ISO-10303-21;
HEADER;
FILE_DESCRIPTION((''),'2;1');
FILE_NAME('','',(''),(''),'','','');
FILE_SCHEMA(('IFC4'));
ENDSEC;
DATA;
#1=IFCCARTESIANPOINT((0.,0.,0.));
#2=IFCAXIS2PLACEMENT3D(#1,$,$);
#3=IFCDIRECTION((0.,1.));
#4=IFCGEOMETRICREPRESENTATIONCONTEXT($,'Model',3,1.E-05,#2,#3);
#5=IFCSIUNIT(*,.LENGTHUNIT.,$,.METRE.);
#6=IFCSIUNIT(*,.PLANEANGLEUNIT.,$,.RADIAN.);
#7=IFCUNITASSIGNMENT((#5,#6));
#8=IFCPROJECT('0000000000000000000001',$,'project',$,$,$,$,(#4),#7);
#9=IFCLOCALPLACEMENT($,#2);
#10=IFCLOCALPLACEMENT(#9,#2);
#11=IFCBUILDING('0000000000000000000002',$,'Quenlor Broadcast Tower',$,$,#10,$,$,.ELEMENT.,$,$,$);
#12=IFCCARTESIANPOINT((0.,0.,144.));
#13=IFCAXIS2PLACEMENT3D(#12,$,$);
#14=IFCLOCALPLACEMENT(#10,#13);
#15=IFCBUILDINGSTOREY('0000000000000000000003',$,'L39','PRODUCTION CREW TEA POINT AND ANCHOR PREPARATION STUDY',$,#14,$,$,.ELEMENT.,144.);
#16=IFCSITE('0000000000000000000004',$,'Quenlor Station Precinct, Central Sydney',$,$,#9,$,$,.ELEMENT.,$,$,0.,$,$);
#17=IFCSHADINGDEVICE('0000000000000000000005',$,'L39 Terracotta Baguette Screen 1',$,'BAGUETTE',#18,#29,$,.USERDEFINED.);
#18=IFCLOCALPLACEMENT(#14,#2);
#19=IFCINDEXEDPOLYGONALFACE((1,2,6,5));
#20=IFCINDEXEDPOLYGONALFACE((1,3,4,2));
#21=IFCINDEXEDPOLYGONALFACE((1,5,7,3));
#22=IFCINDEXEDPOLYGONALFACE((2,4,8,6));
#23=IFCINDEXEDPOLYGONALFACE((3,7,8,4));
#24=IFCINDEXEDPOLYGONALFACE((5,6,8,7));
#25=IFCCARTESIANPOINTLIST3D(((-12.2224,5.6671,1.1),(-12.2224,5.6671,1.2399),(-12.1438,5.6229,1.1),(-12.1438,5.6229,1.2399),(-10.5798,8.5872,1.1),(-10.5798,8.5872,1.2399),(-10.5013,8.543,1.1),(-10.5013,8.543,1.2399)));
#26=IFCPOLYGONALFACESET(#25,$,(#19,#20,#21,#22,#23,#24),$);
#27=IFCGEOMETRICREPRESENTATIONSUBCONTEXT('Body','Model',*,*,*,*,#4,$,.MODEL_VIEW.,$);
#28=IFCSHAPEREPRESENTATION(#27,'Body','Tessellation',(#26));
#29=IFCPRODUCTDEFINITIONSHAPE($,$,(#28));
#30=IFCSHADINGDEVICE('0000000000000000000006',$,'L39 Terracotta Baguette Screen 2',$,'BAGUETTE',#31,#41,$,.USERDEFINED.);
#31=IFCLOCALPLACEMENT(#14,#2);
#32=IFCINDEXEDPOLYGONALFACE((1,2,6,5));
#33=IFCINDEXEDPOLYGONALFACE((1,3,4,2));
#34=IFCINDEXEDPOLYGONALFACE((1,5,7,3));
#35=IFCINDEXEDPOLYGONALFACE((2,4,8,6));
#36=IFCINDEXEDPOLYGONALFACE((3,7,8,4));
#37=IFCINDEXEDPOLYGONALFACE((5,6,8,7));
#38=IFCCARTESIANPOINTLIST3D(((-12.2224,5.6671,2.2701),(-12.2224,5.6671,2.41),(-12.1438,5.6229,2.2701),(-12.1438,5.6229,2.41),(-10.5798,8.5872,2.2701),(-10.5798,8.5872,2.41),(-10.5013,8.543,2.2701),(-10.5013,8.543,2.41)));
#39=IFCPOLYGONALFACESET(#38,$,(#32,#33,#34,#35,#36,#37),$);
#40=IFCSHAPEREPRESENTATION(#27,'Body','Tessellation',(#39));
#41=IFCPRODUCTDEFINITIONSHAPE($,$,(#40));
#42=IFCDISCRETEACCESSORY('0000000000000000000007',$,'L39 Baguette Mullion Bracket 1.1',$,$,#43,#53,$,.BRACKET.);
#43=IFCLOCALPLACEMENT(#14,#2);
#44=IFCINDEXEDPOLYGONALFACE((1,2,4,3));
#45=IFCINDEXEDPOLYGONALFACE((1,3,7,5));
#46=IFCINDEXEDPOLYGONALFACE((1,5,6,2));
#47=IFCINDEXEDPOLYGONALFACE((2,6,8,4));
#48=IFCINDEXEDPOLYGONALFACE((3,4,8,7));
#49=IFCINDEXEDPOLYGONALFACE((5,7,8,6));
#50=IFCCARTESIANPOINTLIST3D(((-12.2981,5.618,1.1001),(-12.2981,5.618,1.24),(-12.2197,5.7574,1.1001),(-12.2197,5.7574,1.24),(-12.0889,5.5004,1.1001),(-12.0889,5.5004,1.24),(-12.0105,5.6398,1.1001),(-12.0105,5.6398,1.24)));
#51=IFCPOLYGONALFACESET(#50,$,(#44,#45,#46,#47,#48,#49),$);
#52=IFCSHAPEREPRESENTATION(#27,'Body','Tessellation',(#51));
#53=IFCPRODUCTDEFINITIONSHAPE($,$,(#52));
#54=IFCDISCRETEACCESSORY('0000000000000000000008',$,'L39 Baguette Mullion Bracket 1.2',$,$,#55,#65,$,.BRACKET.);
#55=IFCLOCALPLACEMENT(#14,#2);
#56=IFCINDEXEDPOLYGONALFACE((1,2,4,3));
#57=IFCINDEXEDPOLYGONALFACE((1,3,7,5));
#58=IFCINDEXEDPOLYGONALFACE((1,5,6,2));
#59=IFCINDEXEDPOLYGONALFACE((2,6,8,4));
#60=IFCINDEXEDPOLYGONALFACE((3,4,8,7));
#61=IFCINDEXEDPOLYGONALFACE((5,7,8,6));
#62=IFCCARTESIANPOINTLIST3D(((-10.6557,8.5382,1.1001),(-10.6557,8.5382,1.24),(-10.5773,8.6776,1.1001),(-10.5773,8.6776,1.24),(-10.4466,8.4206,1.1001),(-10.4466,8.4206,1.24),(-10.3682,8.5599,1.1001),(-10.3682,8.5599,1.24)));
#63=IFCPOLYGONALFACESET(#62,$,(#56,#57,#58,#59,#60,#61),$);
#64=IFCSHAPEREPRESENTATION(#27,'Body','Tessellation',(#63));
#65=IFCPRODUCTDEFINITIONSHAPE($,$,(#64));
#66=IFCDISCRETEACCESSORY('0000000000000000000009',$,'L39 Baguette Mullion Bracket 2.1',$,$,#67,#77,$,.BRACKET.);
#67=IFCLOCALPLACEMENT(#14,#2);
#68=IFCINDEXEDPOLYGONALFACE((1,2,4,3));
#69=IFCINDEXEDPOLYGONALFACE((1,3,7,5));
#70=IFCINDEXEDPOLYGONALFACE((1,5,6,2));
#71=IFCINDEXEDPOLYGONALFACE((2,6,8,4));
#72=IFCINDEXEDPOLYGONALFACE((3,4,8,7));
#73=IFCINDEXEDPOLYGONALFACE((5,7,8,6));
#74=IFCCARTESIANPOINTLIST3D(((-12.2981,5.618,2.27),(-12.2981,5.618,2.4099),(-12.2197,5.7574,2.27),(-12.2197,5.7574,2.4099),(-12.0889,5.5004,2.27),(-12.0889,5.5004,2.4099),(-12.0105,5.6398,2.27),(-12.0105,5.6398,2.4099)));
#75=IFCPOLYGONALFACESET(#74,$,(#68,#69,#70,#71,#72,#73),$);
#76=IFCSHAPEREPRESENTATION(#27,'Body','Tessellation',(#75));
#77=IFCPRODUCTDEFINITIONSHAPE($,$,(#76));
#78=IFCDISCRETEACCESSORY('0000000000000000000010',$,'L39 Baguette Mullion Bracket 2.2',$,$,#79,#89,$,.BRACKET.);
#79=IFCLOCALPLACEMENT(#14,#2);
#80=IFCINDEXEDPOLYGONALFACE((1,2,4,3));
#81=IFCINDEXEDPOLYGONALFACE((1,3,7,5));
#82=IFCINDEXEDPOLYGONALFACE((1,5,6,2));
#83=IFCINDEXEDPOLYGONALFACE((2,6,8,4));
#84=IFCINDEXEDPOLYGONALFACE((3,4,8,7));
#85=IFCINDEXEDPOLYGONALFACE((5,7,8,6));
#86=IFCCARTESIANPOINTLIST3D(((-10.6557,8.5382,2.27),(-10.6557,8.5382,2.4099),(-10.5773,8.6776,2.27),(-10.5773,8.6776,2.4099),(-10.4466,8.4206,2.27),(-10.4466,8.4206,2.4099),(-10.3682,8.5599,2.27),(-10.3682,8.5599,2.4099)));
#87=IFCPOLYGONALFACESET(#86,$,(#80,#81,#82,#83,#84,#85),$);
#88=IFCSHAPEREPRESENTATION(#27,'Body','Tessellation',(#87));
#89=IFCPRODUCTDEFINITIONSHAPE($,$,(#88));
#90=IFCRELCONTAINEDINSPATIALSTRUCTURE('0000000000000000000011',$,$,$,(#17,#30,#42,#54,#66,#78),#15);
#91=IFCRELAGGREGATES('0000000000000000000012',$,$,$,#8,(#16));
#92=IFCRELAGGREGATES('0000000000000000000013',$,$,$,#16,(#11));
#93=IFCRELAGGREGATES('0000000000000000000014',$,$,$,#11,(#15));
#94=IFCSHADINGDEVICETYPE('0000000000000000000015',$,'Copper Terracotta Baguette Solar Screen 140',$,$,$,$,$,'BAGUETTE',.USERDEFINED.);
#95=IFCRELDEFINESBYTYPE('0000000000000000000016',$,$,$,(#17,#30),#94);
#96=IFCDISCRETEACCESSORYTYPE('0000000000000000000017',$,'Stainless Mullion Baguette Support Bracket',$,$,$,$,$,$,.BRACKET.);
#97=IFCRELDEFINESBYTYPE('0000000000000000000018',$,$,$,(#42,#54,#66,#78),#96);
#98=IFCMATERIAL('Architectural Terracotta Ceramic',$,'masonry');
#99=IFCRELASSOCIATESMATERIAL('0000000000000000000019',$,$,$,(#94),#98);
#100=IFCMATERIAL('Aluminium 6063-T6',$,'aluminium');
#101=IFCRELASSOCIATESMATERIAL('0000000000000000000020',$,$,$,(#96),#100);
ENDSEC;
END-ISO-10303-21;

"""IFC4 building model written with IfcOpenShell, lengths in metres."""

from ifc_helpers import new_model, si_unit, direction, frame, origin, origin_2d, place, context, subcontext, project, spatial, rectangle, extrude, material, material_profile, profile_set, type_object, element, save


model = new_model("IFC4")

# Units and contexts
model_context = context("Model", 3, precision=1e-05, world=origin(), true_north=direction((0.0, 1.0)))
body_context = subcontext(model_context, "Body", "Model", "MODEL_VIEW")
ifc_project = project(units=[si_unit("LENGTHUNIT", "METRE"), si_unit("PLANEANGLEUNIT", "RADIAN")], contexts=[model_context])

# Site, building, storey
site_placement = place(None, origin())
site = spatial("IfcSite", under=ifc_project, at=site_placement, Name="Quenlor Station Precinct, Central Sydney", CompositionType="ELEMENT", RefElevation=0.0)
building_placement = place(site_placement, origin())
building = spatial("IfcBuilding", under=site, at=building_placement, Name="Quenlor Broadcast Tower", CompositionType="ELEMENT")
storey_placement = place(building_placement, frame((0.0, 0.0, 144.0)))
storey = spatial("IfcBuildingStorey", under=building, at=storey_placement, Name="L39", Description="PRODUCTION CREW TEA POINT AND ANCHOR PREPARATION STUDY", CompositionType="ELEMENT", Elevation=144.0)

# Shading devices
ifc_material_1 = material(Name="Architectural Terracotta Ceramic", Category="masonry")
ifc_material_profile_1 = material_profile(ifc_material_1, rectangle(XDim=0.0901, YDim=0.1399, at=origin_2d()))
ifc_profile_set_1 = profile_set([ifc_material_profile_1], Name="Architectural Terracotta Ceramic BAG90x140")
shading_device_type = type_object("IfcShadingDeviceType", Name="Copper Terracotta Baguette Solar Screen 140", ElementType="BAGUETTE", PredefinedType="USERDEFINED", material=ifc_profile_set_1)
for number, where, z_axis, x_axis, name in (
    (1, (-12.1831, 5.645, 1.1699), (0.490258, 0.871577, 0.0), (-0.871577, 0.490258, 0.0), "L39 Terracotta Baguette Screen 1"),
    (2, (-12.1831, 5.645, 2.3401), (0.490258, 0.871577, 0.0), (-0.871577, 0.490258, 0.0), "L39 Terracotta Baguette Screen 2"),
):
    element("IfcShadingDevice", number, at=place(storey_placement, frame(where, z_axis=z_axis, x_axis=x_axis)), inside=storey, type_object=shading_device_type, Name=name, ObjectType="BAGUETTE", PredefinedType="USERDEFINED", context=body_context, shape_type="SweptSolid", body=[
        extrude(rectangle(XDim=0.0901, YDim=0.1399, at=origin_2d()), origin(), (0.0, 0.0, 1.0), 3.3503),
    ])

# Discrete accessories
ifc_material_2 = material(Name="Aluminium 6063-T6", Category="aluminium")
discrete_accessory_type = type_object("IfcDiscreteAccessoryType", Name="Stainless Mullion Baguette Support Bracket", PredefinedType="BRACKET", material=ifc_material_2)
for number, where, z_axis, x_axis, name in (
    (3, (-12.1543, 5.6289, 1.1001), (0.0, 0.0, 1.0), (0.490256, 0.871579, 0.0), "L39 Baguette Mullion Bracket 1.1"),
    (4, (-10.512, 8.5491, 1.1001), (0.0, 0.0, 1.0), (0.490256, 0.871579, 0.0), "L39 Baguette Mullion Bracket 1.2"),
    (5, (-12.1543, 5.6289, 2.27), (0.0, 0.0, 1.0), (0.490256, 0.871579, 0.0), "L39 Baguette Mullion Bracket 2.1"),
    (6, (-10.512, 8.5491, 2.27), (0.0, 0.0, 1.0), (0.490256, 0.871579, 0.0), "L39 Baguette Mullion Bracket 2.2"),
):
    element("IfcDiscreteAccessory", number, at=place(storey_placement, frame(where, z_axis=z_axis, x_axis=x_axis)), inside=storey, type_object=discrete_accessory_type, Name=name, PredefinedType="BRACKET", context=body_context, shape_type="SweptSolid", body=[
        extrude(rectangle(XDim=0.1599, YDim=0.24, at=origin_2d()), origin(), (0.0, 0.0, 1.0), 0.1399),
    ])

save(model, "model.ifc")
